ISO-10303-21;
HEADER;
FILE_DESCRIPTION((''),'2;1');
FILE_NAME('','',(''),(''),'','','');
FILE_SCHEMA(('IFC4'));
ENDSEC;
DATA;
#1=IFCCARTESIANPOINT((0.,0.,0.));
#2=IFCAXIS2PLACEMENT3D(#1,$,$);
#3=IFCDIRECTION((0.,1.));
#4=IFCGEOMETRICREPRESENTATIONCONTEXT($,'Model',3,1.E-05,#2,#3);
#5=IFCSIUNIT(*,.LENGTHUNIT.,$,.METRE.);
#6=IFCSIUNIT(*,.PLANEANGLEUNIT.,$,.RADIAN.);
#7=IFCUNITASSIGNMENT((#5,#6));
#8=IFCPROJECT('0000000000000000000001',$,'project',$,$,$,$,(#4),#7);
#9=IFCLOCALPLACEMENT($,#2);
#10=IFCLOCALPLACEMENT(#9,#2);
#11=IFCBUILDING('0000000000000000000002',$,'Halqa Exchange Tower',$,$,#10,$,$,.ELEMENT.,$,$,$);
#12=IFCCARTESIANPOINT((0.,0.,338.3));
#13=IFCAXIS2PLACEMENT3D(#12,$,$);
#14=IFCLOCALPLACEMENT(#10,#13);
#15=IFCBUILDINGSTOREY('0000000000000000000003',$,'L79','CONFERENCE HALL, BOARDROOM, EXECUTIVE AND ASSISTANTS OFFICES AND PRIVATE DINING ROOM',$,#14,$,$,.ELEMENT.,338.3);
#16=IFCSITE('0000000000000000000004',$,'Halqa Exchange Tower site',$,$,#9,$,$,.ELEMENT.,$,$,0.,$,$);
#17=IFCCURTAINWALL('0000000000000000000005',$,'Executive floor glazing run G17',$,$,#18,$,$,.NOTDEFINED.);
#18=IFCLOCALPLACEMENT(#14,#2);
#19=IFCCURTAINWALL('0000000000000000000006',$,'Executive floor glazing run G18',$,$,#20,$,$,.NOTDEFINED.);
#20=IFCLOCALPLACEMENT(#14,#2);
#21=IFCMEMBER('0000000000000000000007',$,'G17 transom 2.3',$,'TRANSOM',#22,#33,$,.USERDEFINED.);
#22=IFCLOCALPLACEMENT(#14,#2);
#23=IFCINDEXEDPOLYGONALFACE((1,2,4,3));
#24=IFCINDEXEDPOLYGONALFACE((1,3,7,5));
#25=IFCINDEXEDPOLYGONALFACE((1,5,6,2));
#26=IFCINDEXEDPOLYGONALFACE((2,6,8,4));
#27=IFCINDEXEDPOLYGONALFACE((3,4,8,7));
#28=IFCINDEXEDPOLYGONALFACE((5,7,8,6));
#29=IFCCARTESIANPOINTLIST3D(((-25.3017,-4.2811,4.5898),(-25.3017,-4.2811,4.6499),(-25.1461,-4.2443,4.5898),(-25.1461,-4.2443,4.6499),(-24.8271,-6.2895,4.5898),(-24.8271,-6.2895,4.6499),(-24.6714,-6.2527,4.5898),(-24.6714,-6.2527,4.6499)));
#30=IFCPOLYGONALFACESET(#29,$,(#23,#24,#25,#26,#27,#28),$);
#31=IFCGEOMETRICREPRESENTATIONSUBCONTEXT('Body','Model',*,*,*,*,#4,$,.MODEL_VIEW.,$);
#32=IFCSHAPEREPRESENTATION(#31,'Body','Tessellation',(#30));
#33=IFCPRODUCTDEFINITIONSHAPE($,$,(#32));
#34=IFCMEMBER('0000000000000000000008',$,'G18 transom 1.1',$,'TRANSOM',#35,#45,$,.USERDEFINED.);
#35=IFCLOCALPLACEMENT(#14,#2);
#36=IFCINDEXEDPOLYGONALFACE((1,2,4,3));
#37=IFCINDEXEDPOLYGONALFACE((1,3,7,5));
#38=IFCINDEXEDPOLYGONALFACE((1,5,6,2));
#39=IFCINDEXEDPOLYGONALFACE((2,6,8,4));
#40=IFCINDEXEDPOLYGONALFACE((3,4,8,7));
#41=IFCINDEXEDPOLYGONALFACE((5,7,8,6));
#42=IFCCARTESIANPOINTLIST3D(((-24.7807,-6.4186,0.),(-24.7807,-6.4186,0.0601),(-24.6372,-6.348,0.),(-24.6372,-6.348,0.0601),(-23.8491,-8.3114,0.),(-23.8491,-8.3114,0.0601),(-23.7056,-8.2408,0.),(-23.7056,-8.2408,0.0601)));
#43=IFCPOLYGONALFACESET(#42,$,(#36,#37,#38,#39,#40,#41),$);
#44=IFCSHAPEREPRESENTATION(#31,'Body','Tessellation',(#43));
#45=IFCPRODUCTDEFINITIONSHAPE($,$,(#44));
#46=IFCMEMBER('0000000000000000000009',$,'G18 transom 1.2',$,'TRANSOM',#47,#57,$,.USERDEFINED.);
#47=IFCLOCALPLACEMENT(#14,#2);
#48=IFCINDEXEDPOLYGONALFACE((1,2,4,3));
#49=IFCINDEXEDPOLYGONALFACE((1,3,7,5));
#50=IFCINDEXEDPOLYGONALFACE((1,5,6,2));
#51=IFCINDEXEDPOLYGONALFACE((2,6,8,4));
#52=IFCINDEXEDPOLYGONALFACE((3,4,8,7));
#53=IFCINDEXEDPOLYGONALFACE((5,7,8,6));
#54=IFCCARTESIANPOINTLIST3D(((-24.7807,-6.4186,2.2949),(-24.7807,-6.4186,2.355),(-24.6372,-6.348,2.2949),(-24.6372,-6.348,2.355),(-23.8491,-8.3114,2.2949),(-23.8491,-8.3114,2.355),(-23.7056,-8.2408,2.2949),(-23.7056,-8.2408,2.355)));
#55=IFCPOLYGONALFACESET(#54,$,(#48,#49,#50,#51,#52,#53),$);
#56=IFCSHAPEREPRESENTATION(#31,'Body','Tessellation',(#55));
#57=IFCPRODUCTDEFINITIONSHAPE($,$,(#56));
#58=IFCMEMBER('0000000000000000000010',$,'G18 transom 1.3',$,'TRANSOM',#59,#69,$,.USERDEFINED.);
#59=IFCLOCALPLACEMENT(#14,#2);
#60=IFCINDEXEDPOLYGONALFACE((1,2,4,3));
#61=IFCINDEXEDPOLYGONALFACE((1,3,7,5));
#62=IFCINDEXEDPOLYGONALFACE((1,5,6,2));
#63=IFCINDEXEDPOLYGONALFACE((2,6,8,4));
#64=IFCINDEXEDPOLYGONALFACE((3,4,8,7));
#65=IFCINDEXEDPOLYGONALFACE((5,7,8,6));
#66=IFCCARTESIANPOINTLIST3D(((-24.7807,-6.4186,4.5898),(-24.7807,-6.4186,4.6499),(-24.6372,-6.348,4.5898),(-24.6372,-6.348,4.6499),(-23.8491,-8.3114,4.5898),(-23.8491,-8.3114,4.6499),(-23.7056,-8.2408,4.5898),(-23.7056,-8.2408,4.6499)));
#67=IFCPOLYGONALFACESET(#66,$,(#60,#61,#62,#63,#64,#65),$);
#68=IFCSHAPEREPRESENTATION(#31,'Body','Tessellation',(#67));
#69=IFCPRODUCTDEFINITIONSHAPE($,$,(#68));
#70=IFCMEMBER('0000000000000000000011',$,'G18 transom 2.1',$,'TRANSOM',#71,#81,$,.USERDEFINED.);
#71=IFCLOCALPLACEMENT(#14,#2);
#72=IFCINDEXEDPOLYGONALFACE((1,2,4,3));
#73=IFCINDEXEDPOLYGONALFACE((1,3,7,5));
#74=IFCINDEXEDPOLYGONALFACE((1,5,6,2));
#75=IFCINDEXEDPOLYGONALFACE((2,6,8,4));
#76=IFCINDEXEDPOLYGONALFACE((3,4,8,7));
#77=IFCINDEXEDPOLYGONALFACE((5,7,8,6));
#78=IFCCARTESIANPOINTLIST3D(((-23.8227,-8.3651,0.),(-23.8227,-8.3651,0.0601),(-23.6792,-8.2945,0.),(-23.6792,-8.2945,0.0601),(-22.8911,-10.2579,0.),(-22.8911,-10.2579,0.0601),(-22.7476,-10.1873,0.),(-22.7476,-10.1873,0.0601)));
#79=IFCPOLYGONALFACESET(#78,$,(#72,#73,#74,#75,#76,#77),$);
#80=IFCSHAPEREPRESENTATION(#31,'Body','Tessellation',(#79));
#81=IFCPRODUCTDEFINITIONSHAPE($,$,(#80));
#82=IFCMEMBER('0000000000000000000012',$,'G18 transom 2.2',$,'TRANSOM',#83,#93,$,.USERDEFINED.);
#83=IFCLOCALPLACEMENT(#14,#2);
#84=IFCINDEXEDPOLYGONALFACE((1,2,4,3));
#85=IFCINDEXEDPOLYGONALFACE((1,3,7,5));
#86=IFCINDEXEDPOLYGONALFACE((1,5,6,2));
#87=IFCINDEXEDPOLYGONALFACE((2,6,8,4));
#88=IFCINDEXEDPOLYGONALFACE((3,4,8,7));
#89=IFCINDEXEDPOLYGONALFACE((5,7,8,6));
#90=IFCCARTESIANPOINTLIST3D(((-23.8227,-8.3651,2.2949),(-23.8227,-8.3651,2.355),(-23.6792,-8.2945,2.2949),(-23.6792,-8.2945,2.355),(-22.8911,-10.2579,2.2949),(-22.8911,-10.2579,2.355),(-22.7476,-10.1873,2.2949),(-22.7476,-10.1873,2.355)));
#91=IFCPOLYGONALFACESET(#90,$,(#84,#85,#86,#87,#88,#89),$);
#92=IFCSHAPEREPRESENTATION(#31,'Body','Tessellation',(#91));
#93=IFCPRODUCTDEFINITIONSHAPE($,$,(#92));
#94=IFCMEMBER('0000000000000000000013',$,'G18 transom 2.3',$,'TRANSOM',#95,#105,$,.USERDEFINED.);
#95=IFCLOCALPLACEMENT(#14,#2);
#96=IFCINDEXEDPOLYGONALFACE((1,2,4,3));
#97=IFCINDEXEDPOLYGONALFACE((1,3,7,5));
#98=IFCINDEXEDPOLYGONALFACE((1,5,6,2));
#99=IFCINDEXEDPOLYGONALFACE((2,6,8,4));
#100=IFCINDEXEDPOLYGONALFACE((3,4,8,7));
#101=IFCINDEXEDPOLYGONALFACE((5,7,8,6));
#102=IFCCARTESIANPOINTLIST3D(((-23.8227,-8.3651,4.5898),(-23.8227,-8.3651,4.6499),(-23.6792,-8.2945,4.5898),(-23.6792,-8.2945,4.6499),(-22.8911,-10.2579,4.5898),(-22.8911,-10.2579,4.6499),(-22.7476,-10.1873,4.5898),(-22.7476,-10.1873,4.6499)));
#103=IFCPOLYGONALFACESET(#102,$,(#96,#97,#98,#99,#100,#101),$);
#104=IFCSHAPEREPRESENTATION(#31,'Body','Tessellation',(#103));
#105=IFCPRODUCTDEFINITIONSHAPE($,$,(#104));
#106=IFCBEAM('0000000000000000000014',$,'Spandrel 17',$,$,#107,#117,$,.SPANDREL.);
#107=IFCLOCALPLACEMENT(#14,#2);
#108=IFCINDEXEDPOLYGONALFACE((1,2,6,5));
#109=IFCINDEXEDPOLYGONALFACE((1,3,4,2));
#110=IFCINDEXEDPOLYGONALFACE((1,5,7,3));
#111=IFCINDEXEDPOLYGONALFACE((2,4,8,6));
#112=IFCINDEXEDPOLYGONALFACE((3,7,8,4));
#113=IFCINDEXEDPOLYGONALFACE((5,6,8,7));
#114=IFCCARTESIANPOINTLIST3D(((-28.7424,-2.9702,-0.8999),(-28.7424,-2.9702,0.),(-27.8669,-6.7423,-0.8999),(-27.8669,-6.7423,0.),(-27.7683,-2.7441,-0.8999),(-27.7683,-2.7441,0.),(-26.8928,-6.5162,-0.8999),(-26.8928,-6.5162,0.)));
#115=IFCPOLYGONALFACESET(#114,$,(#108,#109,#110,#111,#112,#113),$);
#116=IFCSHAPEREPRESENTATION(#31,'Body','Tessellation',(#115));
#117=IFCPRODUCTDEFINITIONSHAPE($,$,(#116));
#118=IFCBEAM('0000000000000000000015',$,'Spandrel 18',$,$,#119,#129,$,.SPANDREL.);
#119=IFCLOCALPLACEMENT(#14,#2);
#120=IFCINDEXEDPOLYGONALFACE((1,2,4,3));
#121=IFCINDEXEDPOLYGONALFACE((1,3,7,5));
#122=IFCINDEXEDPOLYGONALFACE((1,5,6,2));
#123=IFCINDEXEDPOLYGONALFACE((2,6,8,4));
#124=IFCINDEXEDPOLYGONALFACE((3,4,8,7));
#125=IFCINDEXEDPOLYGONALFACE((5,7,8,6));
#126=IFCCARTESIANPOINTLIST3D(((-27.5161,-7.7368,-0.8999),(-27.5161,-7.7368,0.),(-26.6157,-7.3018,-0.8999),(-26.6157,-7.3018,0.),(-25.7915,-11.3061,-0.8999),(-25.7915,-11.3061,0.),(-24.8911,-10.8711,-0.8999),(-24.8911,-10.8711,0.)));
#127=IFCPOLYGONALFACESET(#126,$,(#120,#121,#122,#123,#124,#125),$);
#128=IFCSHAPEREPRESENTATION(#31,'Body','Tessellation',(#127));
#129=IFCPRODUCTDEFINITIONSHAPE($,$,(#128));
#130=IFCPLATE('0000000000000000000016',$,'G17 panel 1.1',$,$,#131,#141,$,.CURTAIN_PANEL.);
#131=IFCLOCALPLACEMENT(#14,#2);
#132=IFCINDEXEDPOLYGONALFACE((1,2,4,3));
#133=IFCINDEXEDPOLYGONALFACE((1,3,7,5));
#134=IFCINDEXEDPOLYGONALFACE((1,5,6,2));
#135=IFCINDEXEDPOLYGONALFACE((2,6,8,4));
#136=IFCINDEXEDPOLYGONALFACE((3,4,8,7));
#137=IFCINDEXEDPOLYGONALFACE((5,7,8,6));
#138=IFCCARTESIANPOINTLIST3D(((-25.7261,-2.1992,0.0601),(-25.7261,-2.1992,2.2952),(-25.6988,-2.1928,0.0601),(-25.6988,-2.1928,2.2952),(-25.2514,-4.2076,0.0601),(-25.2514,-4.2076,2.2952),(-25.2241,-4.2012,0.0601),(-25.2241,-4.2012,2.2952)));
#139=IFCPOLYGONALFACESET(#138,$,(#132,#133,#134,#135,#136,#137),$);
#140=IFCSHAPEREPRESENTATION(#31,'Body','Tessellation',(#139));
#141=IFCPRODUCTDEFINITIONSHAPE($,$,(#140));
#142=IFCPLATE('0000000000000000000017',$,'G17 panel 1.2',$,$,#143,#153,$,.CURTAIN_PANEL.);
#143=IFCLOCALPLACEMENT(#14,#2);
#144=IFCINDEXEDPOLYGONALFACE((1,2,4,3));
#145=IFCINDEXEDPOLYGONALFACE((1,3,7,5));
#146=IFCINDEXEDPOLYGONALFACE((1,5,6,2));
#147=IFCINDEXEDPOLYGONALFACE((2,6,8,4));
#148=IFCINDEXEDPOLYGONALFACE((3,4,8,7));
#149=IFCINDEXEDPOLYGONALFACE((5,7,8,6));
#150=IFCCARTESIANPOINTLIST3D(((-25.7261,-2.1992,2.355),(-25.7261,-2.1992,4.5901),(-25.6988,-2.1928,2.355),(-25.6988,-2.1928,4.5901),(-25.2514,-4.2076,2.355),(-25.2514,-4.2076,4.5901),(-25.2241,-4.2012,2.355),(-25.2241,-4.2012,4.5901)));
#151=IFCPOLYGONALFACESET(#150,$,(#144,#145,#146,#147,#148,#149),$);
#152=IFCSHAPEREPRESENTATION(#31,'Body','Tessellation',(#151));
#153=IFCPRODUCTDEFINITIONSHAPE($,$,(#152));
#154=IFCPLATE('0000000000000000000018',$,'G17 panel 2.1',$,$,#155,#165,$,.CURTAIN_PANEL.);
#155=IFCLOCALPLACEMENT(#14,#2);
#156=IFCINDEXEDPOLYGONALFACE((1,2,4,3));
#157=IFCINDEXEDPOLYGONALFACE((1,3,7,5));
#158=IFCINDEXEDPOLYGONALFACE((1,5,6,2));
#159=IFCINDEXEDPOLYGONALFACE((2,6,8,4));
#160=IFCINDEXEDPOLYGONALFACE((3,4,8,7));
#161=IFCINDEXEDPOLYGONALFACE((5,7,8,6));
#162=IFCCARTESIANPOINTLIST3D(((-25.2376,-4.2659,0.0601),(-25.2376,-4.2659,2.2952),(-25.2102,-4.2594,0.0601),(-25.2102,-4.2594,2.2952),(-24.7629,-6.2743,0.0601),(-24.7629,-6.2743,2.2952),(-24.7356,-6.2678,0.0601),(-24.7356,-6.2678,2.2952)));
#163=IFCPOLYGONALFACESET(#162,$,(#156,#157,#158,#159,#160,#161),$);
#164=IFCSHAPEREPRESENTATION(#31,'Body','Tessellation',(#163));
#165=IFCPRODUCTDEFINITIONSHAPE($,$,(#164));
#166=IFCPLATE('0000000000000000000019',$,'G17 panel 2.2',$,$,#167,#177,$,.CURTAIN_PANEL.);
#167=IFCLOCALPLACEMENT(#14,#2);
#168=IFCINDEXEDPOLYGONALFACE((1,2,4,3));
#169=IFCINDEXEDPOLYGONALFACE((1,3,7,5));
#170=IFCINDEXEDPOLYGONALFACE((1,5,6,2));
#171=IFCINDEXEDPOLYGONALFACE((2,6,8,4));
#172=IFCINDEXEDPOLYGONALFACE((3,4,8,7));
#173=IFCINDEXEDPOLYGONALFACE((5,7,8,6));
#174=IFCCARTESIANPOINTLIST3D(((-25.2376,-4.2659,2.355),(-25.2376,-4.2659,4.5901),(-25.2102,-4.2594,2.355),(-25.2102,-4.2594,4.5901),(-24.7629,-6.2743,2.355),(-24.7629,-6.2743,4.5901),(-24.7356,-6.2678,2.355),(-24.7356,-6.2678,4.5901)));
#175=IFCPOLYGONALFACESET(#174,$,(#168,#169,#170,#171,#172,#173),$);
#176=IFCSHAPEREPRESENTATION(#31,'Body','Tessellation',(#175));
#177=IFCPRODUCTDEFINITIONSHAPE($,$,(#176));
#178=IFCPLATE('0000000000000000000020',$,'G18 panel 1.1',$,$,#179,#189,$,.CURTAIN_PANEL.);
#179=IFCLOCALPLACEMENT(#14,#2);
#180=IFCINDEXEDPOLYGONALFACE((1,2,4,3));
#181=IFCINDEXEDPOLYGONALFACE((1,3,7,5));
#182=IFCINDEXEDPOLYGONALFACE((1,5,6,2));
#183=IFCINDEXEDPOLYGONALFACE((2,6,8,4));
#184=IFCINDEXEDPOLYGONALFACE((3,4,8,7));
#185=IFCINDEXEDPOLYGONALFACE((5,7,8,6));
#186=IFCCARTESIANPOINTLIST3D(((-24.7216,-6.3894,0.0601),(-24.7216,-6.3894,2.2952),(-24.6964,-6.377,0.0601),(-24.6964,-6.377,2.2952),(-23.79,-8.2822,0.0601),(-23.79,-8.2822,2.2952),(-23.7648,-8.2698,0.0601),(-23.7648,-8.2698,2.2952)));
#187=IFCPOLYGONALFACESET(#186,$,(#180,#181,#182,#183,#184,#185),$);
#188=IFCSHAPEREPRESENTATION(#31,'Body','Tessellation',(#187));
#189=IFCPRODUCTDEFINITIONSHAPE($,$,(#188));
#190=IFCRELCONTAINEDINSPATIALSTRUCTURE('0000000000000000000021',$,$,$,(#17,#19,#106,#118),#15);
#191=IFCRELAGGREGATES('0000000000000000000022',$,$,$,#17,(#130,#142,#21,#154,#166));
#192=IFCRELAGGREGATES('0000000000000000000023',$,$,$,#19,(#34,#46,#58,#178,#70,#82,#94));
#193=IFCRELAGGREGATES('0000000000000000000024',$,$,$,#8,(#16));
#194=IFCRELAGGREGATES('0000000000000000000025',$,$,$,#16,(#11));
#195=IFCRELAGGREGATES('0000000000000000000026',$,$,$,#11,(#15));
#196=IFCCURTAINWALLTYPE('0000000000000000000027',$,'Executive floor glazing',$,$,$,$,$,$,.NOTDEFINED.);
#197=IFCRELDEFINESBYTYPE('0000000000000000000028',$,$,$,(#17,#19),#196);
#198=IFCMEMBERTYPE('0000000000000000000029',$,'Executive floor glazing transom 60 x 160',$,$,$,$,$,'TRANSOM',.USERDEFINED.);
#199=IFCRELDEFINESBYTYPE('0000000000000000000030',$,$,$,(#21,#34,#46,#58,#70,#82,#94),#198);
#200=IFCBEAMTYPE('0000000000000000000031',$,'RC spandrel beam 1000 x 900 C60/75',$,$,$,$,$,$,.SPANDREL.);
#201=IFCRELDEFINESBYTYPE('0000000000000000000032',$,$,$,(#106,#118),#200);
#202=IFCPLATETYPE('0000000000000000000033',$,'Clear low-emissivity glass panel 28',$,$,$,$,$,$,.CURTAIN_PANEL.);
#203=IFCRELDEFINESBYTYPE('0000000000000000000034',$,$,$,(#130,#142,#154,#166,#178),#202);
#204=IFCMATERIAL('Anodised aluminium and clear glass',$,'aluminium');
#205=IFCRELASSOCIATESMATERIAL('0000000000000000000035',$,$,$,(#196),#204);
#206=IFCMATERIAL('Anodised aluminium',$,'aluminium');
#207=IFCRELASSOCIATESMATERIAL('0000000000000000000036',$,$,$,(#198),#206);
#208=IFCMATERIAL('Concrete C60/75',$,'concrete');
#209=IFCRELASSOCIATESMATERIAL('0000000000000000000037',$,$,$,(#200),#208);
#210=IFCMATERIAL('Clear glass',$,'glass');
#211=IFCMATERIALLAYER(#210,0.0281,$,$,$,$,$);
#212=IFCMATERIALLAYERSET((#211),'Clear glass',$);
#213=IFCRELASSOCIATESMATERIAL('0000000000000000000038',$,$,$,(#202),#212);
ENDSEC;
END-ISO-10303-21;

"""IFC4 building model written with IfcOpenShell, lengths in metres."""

from ifc_helpers import new_model, si_unit, direction, frame, origin, origin_2d, place, context, subcontext, project, spatial, rectangle, extrude, material, layer, layer_set, material_profile, profile_set, type_object, element, aggregate, save


model = new_model("IFC4")

# Units and contexts
model_context = context("Model", 3, precision=1e-05, world=origin(), true_north=direction((0.0, 1.0)))
body_context = subcontext(model_context, "Body", "Model", "MODEL_VIEW")
ifc_project = project(units=[si_unit("LENGTHUNIT", "METRE"), si_unit("PLANEANGLEUNIT", "RADIAN")], contexts=[model_context])

# Site, building, storey
site_placement = place(None, origin())
site = spatial("IfcSite", under=ifc_project, at=site_placement, Name="Halqa Exchange Tower site", CompositionType="ELEMENT", RefElevation=0.0)
building_placement = place(site_placement, origin())
building = spatial("IfcBuilding", under=site, at=building_placement, Name="Halqa Exchange Tower", CompositionType="ELEMENT")
storey_placement = place(building_placement, frame((0.0, 0.0, 338.3)))
storey = spatial("IfcBuildingStorey", under=building, at=storey_placement, Name="L79", Description="CONFERENCE HALL, BOARDROOM, EXECUTIVE AND ASSISTANTS OFFICES AND PRIVATE DINING ROOM", CompositionType="ELEMENT", Elevation=338.3)

# Curtain walls
ifc_material_1 = material(Name="Anodised aluminium and clear glass", Category="aluminium")
curtain_wall_type = type_object("IfcCurtainWallType", Name="Executive floor glazing", PredefinedType="NOTDEFINED", material=ifc_material_1)
curtain_wall_1_placement = place(storey_placement, origin())
curtain_wall_1 = element("IfcCurtainWall", 1, at=curtain_wall_1_placement, inside=storey, type_object=curtain_wall_type, Name="Executive floor glazing run G17", PredefinedType="NOTDEFINED")
ifc_material_2 = material(Name="Anodised aluminium", Category="aluminium")
curtain_wall_2_placement = place(storey_placement, origin())
curtain_wall_2 = element("IfcCurtainWall", 2, at=curtain_wall_2_placement, inside=storey, type_object=curtain_wall_type, Name="Executive floor glazing run G18", PredefinedType="NOTDEFINED")

# Members
ifc_material_profile_1 = material_profile(ifc_material_2, rectangle(XDim=0.1599, YDim=0.0601, at=origin_2d()), Name="AL 60x160")
ifc_profile_set_1 = profile_set([ifc_material_profile_1], Name="Anodised aluminium")
member_type_1 = type_object("IfcMemberType", Name="Executive floor glazing transom 60 x 160", ElementType="TRANSOM", PredefinedType="USERDEFINED", material=ifc_profile_set_1)
member_1_placement = place(storey_placement, frame((-25.2239, -4.2627, 4.6199), z_axis=(0.229989, -0.973193, 0.0), x_axis=(0.973193, 0.229989, 0.0)))
member_1 = element("IfcMember", 3, at=member_1_placement, type_object=member_type_1, Name="G17 transom 2.3", ObjectType="TRANSOM", PredefinedType="USERDEFINED", context=body_context, shape_type="SweptSolid", body=[
    extrude(rectangle(XDim=0.1599, YDim=0.0601, at=origin_2d()), origin(), (0.0, 0.0, 1.0), 2.0637),
])
member_2_placement = place(storey_placement, frame((-24.709, -6.3833, 0.03), z_axis=(0.441604, -0.89721, 0.0), x_axis=(0.89721, 0.441604, 0.0)))
member_2 = element("IfcMember", 4, at=member_2_placement, type_object=member_type_1, Name="G18 transom 1.1", ObjectType="TRANSOM", PredefinedType="USERDEFINED", context=body_context, shape_type="SweptSolid", body=[
    extrude(rectangle(XDim=0.1599, YDim=0.0601, at=origin_2d()), origin(), (0.0, 0.0, 1.0), 2.1096),
])
member_3_placement = place(storey_placement, frame((-24.709, -6.3833, 2.325), z_axis=(0.441604, -0.89721, 0.0), x_axis=(0.89721, 0.441604, 0.0)))
member_3 = element("IfcMember", 5, at=member_3_placement, type_object=member_type_1, Name="G18 transom 1.2", ObjectType="TRANSOM", PredefinedType="USERDEFINED", context=body_context, shape_type="SweptSolid", body=[
    extrude(rectangle(XDim=0.1599, YDim=0.0601, at=origin_2d()), origin(), (0.0, 0.0, 1.0), 2.1096),
])
member_4_placement = place(storey_placement, frame((-24.709, -6.3833, 4.6199), z_axis=(0.441604, -0.89721, 0.0), x_axis=(0.89721, 0.441604, 0.0)))
member_4 = element("IfcMember", 6, at=member_4_placement, type_object=member_type_1, Name="G18 transom 1.3", ObjectType="TRANSOM", PredefinedType="USERDEFINED", context=body_context, shape_type="SweptSolid", body=[
    extrude(rectangle(XDim=0.1599, YDim=0.0601, at=origin_2d()), origin(), (0.0, 0.0, 1.0), 2.1096),
])
member_5_placement = place(storey_placement, frame((-23.751, -8.3298, 0.03), z_axis=(0.441604, -0.89721, 0.0), x_axis=(0.89721, 0.441604, 0.0)))
member_5 = element("IfcMember", 7, at=member_5_placement, type_object=member_type_1, Name="G18 transom 2.1", ObjectType="TRANSOM", PredefinedType="USERDEFINED", context=body_context, shape_type="SweptSolid", body=[
    extrude(rectangle(XDim=0.1599, YDim=0.0601, at=origin_2d()), origin(), (0.0, 0.0, 1.0), 2.1096),
])
member_6_placement = place(storey_placement, frame((-23.751, -8.3298, 2.325), z_axis=(0.441604, -0.89721, 0.0), x_axis=(0.89721, 0.441604, 0.0)))
member_6 = element("IfcMember", 8, at=member_6_placement, type_object=member_type_1, Name="G18 transom 2.2", ObjectType="TRANSOM", PredefinedType="USERDEFINED", context=body_context, shape_type="SweptSolid", body=[
    extrude(rectangle(XDim=0.1599, YDim=0.0601, at=origin_2d()), origin(), (0.0, 0.0, 1.0), 2.1096),
])
member_7_placement = place(storey_placement, frame((-23.751, -8.3298, 4.6199), z_axis=(0.441604, -0.89721, 0.0), x_axis=(0.89721, 0.441604, 0.0)))
member_7 = element("IfcMember", 9, at=member_7_placement, type_object=member_type_1, Name="G18 transom 2.3", ObjectType="TRANSOM", PredefinedType="USERDEFINED", context=body_context, shape_type="SweptSolid", body=[
    extrude(rectangle(XDim=0.1599, YDim=0.0601, at=origin_2d()), origin(), (0.0, 0.0, 1.0), 2.1096),
])

# Beams
ifc_material_3 = material(Name="Concrete C60/75", Category="concrete")
ifc_material_profile_2 = material_profile(ifc_material_3, rectangle(XDim=1.0, YDim=0.8999, at=origin_2d()), Name="1000 x 900")
ifc_profile_set_2 = profile_set([ifc_material_profile_2], Name="Concrete C60/75")
beam_type = type_object("IfcBeamType", Name="RC spandrel beam 1000 x 900 C60/75", PredefinedType="SPANDREL", material=ifc_profile_set_2)
beam_1_placement = place(storey_placement, frame((-28.2554, -2.8572, -0.45), z_axis=(0.226093, -0.974106, 0.0), x_axis=(0.974106, 0.226093, 0.0)))
element("IfcBeam", 10, at=beam_1_placement, inside=storey, type_object=beam_type, Name="Spandrel 17", PredefinedType="SPANDREL", context=body_context, shape_type="SweptSolid", body=[
    extrude(rectangle(XDim=1.0, YDim=0.8999, at=origin_2d()), origin(), (0.0, 0.0, 1.0), 3.8723),
])
beam_2_placement = place(storey_placement, frame((-27.0659, -7.5193, -0.45), z_axis=(0.435052, -0.900405, 0.0), x_axis=(0.900405, 0.435052, 0.0)))
element("IfcBeam", 11, at=beam_2_placement, inside=storey, type_object=beam_type, Name="Spandrel 18", PredefinedType="SPANDREL", context=body_context, shape_type="SweptSolid", body=[
    extrude(rectangle(XDim=1.0, YDim=0.8999, at=origin_2d()), origin(), (0.0, 0.0, 1.0), 3.9641),
])

# Plates
ifc_material_4 = material(Name="Clear glass", Category="glass")
ifc_layer_1 = layer(ifc_material_4, 0.0281)
ifc_layer_set_1 = layer_set([ifc_layer_1], Name="Clear glass")
plate_type = type_object("IfcPlateType", Name="Clear low-emissivity glass panel 28", PredefinedType="CURTAIN_PANEL", material=ifc_layer_set_1)
plate_1_placement = place(storey_placement, frame((-25.4751, -3.2002, 0.0601), z_axis=(0.0, 0.0, 1.0), x_axis=(0.229995, -0.973192, 0.0)))
plate_1 = element("IfcPlate", 12, at=plate_1_placement, type_object=plate_type, Name="G17 panel 1.1", PredefinedType="CURTAIN_PANEL", context=body_context, shape_type="SweptSolid", body=[
    extrude(rectangle(XDim=2.0637, YDim=0.0281, at=origin_2d()), origin(), (0.0, 0.0, 1.0), 2.2351),
])
plate_2_placement = place(storey_placement, frame((-25.4751, -3.2002, 2.355), z_axis=(0.0, 0.0, 1.0), x_axis=(0.229995, -0.973192, 0.0)))
plate_2 = element("IfcPlate", 13, at=plate_2_placement, type_object=plate_type, Name="G17 panel 1.2", PredefinedType="CURTAIN_PANEL", context=body_context, shape_type="SweptSolid", body=[
    extrude(rectangle(XDim=2.0637, YDim=0.0281, at=origin_2d()), origin(), (0.0, 0.0, 1.0), 2.2351),
])
plate_3_placement = place(storey_placement, frame((-24.9866, -5.2668, 0.0601), z_axis=(0.0, 0.0, 1.0), x_axis=(0.229995, -0.973192, 0.0)))
plate_3 = element("IfcPlate", 14, at=plate_3_placement, type_object=plate_type, Name="G17 panel 2.1", PredefinedType="CURTAIN_PANEL", context=body_context, shape_type="SweptSolid", body=[
    extrude(rectangle(XDim=2.0637, YDim=0.0281, at=origin_2d()), origin(), (0.0, 0.0, 1.0), 2.2351),
])
plate_4_placement = place(storey_placement, frame((-24.9866, -5.2668, 2.355), z_axis=(0.0, 0.0, 1.0), x_axis=(0.229995, -0.973192, 0.0)))
plate_4 = element("IfcPlate", 15, at=plate_4_placement, type_object=plate_type, Name="G17 panel 2.2", PredefinedType="CURTAIN_PANEL", context=body_context, shape_type="SweptSolid", body=[
    extrude(rectangle(XDim=2.0637, YDim=0.0281, at=origin_2d()), origin(), (0.0, 0.0, 1.0), 2.2351),
])
aggregate(curtain_wall_1, [plate_1, plate_2, member_1, plate_3, plate_4])
plate_5_placement = place(storey_placement, frame((-24.2432, -7.3296, 0.0601), z_axis=(0.0, 0.0, 1.0), x_axis=(0.441595, -0.897215, 0.0)))
plate_5 = element("IfcPlate", 16, at=plate_5_placement, type_object=plate_type, Name="G18 panel 1.1", PredefinedType="CURTAIN_PANEL", context=body_context, shape_type="SweptSolid", body=[
    extrude(rectangle(XDim=2.1096, YDim=0.0281, at=origin_2d()), origin(), (0.0, 0.0, 1.0), 2.2351),
])
aggregate(curtain_wall_2, [member_2, member_3, member_4, plate_5, member_5, member_6, member_7])

save(model, "model.ifc")
